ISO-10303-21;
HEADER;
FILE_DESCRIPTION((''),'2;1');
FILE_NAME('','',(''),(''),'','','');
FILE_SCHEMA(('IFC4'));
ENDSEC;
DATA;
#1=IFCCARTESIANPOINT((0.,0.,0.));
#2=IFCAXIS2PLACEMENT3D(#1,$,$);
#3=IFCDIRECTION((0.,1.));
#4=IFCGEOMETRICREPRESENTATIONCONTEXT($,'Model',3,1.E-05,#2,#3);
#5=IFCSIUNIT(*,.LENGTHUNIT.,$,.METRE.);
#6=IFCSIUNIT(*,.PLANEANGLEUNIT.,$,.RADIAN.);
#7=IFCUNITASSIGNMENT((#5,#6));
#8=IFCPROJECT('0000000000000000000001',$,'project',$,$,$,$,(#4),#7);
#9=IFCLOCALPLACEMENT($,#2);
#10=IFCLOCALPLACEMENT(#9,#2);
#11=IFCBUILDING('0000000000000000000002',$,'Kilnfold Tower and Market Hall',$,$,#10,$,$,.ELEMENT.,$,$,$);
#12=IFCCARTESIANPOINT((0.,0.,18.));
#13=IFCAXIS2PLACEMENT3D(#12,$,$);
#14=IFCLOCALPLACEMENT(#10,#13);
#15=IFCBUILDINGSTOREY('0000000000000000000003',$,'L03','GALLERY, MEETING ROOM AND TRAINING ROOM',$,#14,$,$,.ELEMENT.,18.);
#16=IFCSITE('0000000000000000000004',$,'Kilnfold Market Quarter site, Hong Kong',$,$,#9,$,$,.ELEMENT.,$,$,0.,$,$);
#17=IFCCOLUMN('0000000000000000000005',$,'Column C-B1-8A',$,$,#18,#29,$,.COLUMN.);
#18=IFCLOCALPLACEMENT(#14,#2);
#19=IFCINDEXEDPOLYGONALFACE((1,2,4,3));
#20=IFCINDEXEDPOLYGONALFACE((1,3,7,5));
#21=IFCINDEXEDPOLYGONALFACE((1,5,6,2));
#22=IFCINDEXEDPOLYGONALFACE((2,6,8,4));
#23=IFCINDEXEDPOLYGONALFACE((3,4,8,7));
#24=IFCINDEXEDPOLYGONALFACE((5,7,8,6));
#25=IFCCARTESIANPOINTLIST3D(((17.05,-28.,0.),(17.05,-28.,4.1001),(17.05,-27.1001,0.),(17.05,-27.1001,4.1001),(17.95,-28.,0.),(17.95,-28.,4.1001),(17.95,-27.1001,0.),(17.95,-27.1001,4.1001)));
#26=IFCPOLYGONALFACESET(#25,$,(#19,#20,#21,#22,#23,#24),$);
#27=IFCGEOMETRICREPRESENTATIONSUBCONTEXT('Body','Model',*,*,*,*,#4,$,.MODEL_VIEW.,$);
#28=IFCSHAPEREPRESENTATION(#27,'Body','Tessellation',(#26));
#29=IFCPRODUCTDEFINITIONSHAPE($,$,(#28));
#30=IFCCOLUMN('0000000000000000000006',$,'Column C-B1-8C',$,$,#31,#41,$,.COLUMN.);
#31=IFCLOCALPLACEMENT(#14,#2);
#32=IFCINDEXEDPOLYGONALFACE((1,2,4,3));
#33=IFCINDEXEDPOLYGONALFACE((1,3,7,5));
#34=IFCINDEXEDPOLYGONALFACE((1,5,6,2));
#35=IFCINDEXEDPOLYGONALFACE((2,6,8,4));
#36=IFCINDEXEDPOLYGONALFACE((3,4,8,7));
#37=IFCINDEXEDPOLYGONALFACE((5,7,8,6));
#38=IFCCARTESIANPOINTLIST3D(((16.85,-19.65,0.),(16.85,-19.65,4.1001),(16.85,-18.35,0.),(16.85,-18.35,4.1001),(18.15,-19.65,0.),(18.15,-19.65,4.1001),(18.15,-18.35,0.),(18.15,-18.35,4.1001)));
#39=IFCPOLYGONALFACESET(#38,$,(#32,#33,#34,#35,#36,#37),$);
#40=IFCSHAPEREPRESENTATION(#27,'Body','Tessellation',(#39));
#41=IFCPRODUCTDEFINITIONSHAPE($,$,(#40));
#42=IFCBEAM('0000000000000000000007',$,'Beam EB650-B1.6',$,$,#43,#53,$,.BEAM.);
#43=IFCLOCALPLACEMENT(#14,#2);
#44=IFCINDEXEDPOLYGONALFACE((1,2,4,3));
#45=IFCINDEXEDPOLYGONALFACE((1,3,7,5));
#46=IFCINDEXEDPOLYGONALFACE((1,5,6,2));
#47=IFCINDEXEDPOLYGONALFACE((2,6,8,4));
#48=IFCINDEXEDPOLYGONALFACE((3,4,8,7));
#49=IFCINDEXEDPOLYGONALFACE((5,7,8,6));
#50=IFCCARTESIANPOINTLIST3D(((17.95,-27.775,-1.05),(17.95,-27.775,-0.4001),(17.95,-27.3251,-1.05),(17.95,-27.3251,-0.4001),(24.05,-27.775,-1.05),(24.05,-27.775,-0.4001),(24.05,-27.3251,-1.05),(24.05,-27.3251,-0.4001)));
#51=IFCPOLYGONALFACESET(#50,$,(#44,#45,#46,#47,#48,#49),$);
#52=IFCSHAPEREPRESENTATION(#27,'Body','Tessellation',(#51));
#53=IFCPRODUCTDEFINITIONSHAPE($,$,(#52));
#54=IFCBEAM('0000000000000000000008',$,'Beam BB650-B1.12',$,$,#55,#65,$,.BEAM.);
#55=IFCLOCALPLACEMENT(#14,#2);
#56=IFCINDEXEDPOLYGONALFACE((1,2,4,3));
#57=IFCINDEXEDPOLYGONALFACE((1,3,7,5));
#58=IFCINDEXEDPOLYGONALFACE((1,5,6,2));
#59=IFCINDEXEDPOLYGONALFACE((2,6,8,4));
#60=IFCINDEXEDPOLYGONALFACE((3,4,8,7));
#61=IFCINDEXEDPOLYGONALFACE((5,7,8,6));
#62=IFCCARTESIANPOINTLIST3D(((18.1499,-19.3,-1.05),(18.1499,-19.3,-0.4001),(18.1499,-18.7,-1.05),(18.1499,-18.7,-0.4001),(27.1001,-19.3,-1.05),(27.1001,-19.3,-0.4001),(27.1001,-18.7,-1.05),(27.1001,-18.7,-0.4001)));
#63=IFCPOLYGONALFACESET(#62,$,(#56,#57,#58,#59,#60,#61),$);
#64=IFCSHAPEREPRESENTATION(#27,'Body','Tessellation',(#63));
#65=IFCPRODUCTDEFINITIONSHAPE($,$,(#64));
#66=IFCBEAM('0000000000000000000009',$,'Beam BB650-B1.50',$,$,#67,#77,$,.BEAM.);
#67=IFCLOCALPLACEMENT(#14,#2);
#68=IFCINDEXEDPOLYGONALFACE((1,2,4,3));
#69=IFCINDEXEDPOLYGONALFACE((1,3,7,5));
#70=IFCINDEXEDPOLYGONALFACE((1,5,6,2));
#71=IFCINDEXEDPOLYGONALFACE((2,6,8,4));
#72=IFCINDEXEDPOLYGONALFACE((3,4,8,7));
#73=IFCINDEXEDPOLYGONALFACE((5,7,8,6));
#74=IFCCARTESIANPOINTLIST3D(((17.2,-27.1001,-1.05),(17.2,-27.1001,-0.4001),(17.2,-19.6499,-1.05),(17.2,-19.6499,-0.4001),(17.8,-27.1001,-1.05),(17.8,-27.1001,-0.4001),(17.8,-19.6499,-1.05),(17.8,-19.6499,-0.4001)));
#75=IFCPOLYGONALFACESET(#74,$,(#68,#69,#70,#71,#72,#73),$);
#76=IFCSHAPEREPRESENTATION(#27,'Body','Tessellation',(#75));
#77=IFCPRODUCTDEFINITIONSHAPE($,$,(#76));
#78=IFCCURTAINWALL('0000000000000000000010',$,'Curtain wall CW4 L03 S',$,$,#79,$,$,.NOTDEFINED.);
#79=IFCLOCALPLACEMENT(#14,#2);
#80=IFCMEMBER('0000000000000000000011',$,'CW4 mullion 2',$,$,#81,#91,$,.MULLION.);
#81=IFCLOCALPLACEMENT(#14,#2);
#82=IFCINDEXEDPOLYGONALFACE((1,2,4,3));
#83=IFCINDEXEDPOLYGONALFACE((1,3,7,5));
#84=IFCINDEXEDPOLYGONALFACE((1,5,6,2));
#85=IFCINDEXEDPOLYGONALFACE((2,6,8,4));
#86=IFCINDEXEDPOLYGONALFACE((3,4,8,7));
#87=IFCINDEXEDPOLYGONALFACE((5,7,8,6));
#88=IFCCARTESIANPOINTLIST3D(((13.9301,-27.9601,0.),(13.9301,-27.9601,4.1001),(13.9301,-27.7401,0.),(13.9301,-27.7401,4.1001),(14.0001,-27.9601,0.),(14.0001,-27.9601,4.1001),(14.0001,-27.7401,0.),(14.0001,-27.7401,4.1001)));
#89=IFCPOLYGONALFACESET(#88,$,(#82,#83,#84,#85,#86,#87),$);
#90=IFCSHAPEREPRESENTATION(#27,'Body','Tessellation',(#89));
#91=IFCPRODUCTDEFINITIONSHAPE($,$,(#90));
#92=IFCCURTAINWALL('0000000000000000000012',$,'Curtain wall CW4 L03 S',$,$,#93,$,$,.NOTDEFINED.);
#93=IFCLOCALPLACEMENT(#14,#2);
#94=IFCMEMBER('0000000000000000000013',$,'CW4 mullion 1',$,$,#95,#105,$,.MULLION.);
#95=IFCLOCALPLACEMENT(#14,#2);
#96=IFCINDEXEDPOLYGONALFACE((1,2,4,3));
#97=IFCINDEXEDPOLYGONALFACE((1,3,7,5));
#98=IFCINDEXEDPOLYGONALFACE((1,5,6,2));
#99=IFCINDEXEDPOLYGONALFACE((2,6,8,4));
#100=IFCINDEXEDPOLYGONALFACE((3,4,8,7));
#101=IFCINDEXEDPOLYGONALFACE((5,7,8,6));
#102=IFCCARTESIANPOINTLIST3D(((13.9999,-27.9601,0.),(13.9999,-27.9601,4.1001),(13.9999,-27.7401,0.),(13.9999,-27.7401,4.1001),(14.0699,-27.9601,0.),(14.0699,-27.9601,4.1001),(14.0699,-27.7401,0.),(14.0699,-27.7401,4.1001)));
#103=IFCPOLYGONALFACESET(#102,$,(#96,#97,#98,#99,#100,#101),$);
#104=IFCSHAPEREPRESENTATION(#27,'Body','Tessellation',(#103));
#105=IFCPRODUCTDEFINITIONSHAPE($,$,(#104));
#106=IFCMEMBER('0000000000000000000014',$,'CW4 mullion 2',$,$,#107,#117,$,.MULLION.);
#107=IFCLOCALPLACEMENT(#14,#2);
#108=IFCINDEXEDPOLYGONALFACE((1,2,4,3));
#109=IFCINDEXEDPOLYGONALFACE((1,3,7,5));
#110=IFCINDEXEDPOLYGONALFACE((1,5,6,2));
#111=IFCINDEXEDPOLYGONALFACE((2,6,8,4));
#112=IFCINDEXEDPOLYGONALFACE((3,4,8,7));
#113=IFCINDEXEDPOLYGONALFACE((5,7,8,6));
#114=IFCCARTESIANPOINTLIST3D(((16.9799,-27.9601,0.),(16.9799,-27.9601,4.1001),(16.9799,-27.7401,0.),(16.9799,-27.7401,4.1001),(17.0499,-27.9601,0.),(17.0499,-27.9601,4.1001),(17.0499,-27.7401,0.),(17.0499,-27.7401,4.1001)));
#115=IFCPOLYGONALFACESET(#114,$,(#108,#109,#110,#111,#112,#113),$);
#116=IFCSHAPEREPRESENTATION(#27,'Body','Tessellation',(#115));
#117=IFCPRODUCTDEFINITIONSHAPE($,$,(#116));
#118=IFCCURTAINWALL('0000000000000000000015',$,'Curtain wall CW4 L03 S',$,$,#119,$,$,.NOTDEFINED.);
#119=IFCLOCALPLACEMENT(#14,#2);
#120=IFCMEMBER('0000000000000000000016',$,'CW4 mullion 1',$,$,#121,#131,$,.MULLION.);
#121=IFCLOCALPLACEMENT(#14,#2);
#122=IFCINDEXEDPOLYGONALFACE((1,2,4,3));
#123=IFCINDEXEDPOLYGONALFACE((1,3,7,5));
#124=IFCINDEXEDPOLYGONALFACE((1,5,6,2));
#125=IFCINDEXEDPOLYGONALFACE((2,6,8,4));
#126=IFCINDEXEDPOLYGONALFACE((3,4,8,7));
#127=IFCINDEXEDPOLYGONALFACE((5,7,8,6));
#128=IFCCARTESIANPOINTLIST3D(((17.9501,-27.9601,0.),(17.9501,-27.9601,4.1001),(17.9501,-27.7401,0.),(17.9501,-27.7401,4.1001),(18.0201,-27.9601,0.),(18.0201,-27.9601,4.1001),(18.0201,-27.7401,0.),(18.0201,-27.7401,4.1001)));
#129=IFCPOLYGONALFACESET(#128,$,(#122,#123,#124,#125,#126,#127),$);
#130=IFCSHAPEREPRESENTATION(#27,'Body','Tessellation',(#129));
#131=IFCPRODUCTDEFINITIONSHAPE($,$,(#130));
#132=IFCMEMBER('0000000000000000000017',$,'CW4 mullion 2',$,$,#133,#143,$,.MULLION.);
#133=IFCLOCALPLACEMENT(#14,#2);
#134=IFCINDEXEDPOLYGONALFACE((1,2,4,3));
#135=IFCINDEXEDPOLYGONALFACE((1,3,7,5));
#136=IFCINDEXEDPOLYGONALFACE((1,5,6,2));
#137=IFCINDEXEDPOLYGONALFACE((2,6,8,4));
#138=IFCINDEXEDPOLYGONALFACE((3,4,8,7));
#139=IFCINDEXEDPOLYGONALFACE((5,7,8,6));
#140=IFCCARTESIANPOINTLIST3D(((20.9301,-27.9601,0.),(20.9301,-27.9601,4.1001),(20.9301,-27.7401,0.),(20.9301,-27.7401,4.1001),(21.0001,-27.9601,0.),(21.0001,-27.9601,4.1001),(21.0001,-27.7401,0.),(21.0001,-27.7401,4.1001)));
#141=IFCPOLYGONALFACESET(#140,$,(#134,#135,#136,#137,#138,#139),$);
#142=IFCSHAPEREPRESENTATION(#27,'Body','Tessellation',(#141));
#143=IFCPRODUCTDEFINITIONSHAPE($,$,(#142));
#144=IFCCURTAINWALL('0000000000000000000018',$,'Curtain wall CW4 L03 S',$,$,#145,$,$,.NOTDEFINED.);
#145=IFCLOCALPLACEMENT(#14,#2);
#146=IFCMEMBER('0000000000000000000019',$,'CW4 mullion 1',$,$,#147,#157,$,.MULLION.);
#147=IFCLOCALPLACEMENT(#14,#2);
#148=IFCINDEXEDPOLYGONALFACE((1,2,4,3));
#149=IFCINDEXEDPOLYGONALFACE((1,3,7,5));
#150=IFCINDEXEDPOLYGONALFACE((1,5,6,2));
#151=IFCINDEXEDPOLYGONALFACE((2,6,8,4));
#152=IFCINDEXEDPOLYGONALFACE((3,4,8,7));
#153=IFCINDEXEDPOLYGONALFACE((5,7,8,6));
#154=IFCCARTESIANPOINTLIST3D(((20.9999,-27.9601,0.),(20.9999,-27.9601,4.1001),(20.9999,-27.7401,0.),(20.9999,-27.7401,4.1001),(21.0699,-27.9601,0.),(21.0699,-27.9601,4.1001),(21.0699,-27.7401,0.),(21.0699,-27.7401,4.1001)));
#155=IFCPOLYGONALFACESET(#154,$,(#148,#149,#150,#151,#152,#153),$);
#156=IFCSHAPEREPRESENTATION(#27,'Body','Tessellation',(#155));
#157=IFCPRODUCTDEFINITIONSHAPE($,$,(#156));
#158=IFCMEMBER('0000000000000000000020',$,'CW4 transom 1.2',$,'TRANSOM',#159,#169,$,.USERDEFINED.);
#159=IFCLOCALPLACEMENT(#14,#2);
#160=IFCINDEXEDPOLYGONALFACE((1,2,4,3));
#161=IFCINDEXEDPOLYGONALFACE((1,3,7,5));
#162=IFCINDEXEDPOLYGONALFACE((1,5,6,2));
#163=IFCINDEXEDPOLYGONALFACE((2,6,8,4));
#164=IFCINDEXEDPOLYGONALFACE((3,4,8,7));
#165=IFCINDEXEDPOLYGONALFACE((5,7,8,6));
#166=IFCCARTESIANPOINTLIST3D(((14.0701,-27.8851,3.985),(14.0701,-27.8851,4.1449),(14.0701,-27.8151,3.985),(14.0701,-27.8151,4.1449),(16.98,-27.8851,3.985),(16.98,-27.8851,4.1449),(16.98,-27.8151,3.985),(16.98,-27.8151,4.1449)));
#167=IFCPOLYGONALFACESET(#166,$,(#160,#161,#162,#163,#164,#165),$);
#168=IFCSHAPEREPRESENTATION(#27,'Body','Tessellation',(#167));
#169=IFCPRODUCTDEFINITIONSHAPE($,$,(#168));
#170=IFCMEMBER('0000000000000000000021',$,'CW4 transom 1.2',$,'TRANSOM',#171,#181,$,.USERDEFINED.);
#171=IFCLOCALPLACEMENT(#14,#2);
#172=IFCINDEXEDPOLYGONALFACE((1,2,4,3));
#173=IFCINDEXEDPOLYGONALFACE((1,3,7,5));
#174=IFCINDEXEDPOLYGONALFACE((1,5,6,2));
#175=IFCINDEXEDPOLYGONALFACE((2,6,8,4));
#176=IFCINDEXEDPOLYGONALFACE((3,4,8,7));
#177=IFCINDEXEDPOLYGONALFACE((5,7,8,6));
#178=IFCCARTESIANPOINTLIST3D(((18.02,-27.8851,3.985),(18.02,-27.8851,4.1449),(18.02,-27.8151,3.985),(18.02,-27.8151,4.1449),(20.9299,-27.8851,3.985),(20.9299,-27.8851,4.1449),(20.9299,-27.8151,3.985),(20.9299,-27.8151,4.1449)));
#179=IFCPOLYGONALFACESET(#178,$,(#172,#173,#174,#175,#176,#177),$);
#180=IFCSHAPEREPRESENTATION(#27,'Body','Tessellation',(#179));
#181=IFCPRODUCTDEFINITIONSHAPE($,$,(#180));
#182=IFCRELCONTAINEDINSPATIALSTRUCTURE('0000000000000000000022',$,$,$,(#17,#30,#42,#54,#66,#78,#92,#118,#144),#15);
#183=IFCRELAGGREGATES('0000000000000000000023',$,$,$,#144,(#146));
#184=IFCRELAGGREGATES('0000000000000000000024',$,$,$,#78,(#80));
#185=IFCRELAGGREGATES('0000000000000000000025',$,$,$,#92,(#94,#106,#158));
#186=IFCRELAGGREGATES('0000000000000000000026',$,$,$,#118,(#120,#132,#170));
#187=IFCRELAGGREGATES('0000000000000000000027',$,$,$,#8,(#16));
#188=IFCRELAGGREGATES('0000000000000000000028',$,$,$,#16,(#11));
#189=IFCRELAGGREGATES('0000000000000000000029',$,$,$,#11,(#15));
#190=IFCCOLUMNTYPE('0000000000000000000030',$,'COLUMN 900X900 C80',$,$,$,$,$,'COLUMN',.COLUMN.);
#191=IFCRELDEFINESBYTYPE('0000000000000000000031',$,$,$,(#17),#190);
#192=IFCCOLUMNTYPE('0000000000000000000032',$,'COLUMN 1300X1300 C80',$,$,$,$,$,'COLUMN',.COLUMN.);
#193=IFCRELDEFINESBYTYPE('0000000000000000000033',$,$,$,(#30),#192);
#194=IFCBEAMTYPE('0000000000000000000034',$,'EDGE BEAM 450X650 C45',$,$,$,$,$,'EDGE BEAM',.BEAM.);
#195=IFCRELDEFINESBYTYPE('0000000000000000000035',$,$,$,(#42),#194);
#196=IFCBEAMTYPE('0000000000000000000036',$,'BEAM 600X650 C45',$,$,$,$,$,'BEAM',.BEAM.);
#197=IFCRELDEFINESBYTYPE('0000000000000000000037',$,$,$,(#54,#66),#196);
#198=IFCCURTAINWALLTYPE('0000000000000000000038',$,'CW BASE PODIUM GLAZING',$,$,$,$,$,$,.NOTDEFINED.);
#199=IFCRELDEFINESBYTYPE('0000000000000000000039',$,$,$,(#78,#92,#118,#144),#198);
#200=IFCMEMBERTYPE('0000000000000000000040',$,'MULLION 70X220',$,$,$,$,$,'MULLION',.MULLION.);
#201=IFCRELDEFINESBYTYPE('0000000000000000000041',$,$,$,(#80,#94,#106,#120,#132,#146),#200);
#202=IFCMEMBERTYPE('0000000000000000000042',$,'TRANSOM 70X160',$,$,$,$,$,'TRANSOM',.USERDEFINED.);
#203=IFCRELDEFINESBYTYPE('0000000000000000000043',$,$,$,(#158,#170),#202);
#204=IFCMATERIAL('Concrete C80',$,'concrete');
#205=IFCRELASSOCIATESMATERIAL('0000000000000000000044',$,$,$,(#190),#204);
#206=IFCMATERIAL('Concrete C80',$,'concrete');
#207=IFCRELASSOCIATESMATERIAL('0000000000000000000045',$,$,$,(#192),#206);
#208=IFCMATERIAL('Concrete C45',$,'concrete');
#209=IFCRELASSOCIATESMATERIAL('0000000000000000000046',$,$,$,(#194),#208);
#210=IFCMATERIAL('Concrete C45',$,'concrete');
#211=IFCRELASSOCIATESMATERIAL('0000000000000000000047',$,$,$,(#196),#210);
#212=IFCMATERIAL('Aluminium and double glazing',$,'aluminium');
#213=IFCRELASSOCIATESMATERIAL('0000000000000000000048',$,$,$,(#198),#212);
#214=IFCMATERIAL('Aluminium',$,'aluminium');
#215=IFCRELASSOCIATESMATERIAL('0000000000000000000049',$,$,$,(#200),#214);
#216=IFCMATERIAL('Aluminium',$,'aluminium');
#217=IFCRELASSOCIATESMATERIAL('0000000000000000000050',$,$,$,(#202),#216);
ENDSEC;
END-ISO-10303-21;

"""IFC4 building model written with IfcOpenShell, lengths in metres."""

from ifc_helpers import new_model, si_unit, direction, frame, origin, origin_2d, place, context, subcontext, project, spatial, rectangle, extrude, source, transform, mapped, material, material_profile, profile_set, type_object, element, aggregate, save


model = new_model("IFC4")

# Units and contexts
model_context = context("Model", 3, precision=1e-05, world=origin(), true_north=direction((0.0, 1.0)))
body_context = subcontext(model_context, "Body", "Model", "MODEL_VIEW")
ifc_project = project(units=[si_unit("LENGTHUNIT", "METRE"), si_unit("PLANEANGLEUNIT", "RADIAN")], contexts=[model_context])

# Site, building, storey
site_placement = place(None, origin())
site = spatial("IfcSite", under=ifc_project, at=site_placement, Name="Kilnfold Market Quarter site, Hong Kong", CompositionType="ELEMENT", RefElevation=0.0)
building_placement = place(site_placement, origin())
building = spatial("IfcBuilding", under=site, at=building_placement, Name="Kilnfold Tower and Market Hall", CompositionType="ELEMENT")
storey_placement = place(building_placement, frame((0.0, 0.0, 18.0)))
storey = spatial("IfcBuildingStorey", under=building, at=storey_placement, Name="L03", Description="GALLERY, MEETING ROOM AND TRAINING ROOM", CompositionType="ELEMENT", Elevation=18.0)

# Columns
ifc_material_1 = material(Name="Concrete C80", Category="concrete")
ifc_material_profile_1 = material_profile(ifc_material_1, rectangle(XDim=0.8999, YDim=0.8999, at=origin_2d()), Name="RC 900x900")
ifc_profile_set_1 = profile_set([ifc_material_profile_1], Name="Concrete C80")
column_type_1 = type_object("IfcColumnType", Name="COLUMN 900X900 C80", ElementType="COLUMN", PredefinedType="COLUMN", material=ifc_profile_set_1)
shared_shape_1 = source(origin(), body_context, "Body", "SweptSolid", [
    extrude(rectangle(XDim=0.8999, YDim=0.8999, at=origin_2d()), origin(), (0.0, 0.0, 1.0), 4.1001),
])
column_1_placement = place(storey_placement, frame((17.5, -27.55, 0.0), z_axis=(0.0, 0.0, 1.0), x_axis=(1.0, 0.0, 0.0)))
element("IfcColumn", 1, at=column_1_placement, inside=storey, type_object=column_type_1, Name="Column C-B1-8A", PredefinedType="COLUMN", context=body_context, shape_type="MappedRepresentation", body=[
    mapped(shared_shape_1, transform((0.0, 0.0, 0.0))),
])
ifc_material_2 = material(Name="Concrete C80", Category="concrete")
ifc_material_profile_2 = material_profile(ifc_material_2, rectangle(XDim=1.3, YDim=1.3, at=origin_2d()), Name="RC 1300x1300")
ifc_profile_set_2 = profile_set([ifc_material_profile_2], Name="Concrete C80")
column_type_2 = type_object("IfcColumnType", Name="COLUMN 1300X1300 C80", ElementType="COLUMN", PredefinedType="COLUMN", material=ifc_profile_set_2)
shared_shape_2 = source(origin(), body_context, "Body", "SweptSolid", [
    extrude(rectangle(XDim=1.3, YDim=1.3, at=origin_2d()), origin(), (0.0, 0.0, 1.0), 4.1001),
])
column_2_placement = place(storey_placement, frame((17.5, -19.0, 0.0), z_axis=(0.0, 0.0, 1.0), x_axis=(1.0, 0.0, 0.0)))
element("IfcColumn", 2, at=column_2_placement, inside=storey, type_object=column_type_2, Name="Column C-B1-8C", PredefinedType="COLUMN", context=body_context, shape_type="MappedRepresentation", body=[
    mapped(shared_shape_2, transform((0.0, 0.0, 0.0))),
])

# Beams
ifc_material_3 = material(Name="Concrete C45", Category="concrete")
ifc_material_profile_3 = material_profile(ifc_material_3, rectangle(XDim=0.45, YDim=0.6499, at=origin_2d()), Name="RC 450x650")
ifc_profile_set_3 = profile_set([ifc_material_profile_3], Name="Concrete C45")
beam_type_1 = type_object("IfcBeamType", Name="EDGE BEAM 450X650 C45", ElementType="EDGE BEAM", PredefinedType="BEAM", material=ifc_profile_set_3)
shared_shape_3 = source(origin(), body_context, "Body", "SweptSolid", [
    extrude(rectangle(XDim=0.45, YDim=0.6499, at=origin_2d()), origin(), (0.0, 0.0, 1.0), 6.1001),
])
beam_1_placement = place(storey_placement, frame((17.95, -27.55, -0.7251), z_axis=(1.0, 0.0, 0.0), x_axis=(0.0, 1.0, 0.0)))
element("IfcBeam", 3, at=beam_1_placement, inside=storey, type_object=beam_type_1, Name="Beam EB650-B1.6", PredefinedType="BEAM", context=body_context, shape_type="MappedRepresentation", body=[
    mapped(shared_shape_3, transform((0.0, 0.0, 0.0))),
])
ifc_material_4 = material(Name="Concrete C45", Category="concrete")
ifc_material_profile_4 = material_profile(ifc_material_4, rectangle(XDim=0.6001, YDim=0.6499, at=origin_2d()), Name="RC 600x650")
ifc_profile_set_4 = profile_set([ifc_material_profile_4], Name="Concrete C45")
beam_type_2 = type_object("IfcBeamType", Name="BEAM 600X650 C45", ElementType="BEAM", PredefinedType="BEAM", material=ifc_profile_set_4)
shared_shape_4 = source(origin(), body_context, "Body", "SweptSolid", [
    extrude(rectangle(XDim=0.6001, YDim=0.6499, at=origin_2d()), origin(), (0.0, 0.0, 1.0), 8.9502),
])
beam_2_placement = place(storey_placement, frame((18.1499, -19.0, -0.7251), z_axis=(1.0, 0.0, 0.0), x_axis=(0.0, 1.0, 0.0)))
element("IfcBeam", 4, at=beam_2_placement, inside=storey, type_object=beam_type_2, Name="Beam BB650-B1.12", PredefinedType="BEAM", context=body_context, shape_type="MappedRepresentation", body=[
    mapped(shared_shape_4, transform((0.0, 0.0, 0.0))),
])
shared_shape_5 = source(origin(), body_context, "Body", "SweptSolid", [
    extrude(rectangle(XDim=0.6001, YDim=0.6499, at=origin_2d()), origin(), (0.0, 0.0, 1.0), 7.4502),
])
beam_3_placement = place(storey_placement, frame((17.5, -27.1001, -0.7251), z_axis=(0.0, 1.0, 0.0), x_axis=(-1.0, 0.0, 0.0)))
element("IfcBeam", 5, at=beam_3_placement, inside=storey, type_object=beam_type_2, Name="Beam BB650-B1.50", PredefinedType="BEAM", context=body_context, shape_type="MappedRepresentation", body=[
    mapped(shared_shape_5, transform((0.0, 0.0, 0.0))),
])

# Curtain wall, member
ifc_material_5 = material(Name="Aluminium and double glazing", Category="aluminium")
curtain_wall_type = type_object("IfcCurtainWallType", Name="CW BASE PODIUM GLAZING", PredefinedType="NOTDEFINED", material=ifc_material_5)
curtain_wall_1_placement = place(storey_placement, origin())
curtain_wall_1 = element("IfcCurtainWall", 6, at=curtain_wall_1_placement, inside=storey, type_object=curtain_wall_type, Name="Curtain wall CW4 L03 S", PredefinedType="NOTDEFINED")
ifc_material_6 = material(Name="Aluminium", Category="aluminium")
ifc_material_profile_5 = material_profile(ifc_material_6, rectangle(XDim=0.0701, YDim=0.22, at=origin_2d()), Name="MULLION 70x220")
ifc_profile_set_5 = profile_set([ifc_material_profile_5], Name="Aluminium")
member_type_1 = type_object("IfcMemberType", Name="MULLION 70X220", ElementType="MULLION", PredefinedType="MULLION", material=ifc_profile_set_5)
shared_shape_6 = source(origin(), body_context, "Body", "SweptSolid", [
    extrude(rectangle(XDim=0.0701, YDim=0.22, at=origin_2d()), origin(), (0.0, 0.0, 1.0), 4.1001),
])
member_1_placement = place(storey_placement, frame((13.9651, -27.8501, 0.0), z_axis=(0.0, 0.0, 1.0), x_axis=(1.0, 0.0, 0.0)))
member_1 = element("IfcMember", 7, at=member_1_placement, type_object=member_type_1, Name="CW4 mullion 2", PredefinedType="MULLION", context=body_context, shape_type="MappedRepresentation", body=[
    mapped(shared_shape_6, transform((0.0, 0.0, 0.0))),
])

# Curtain walls, members
curtain_wall_2_placement = place(storey_placement, origin())
curtain_wall_2 = element("IfcCurtainWall", 8, at=curtain_wall_2_placement, inside=storey, type_object=curtain_wall_type, Name="Curtain wall CW4 L03 S", PredefinedType="NOTDEFINED")
member_2_placement = place(storey_placement, frame((14.0349, -27.8501, 0.0), z_axis=(0.0, 0.0, 1.0), x_axis=(1.0, 0.0, 0.0)))
member_2 = element("IfcMember", 9, at=member_2_placement, type_object=member_type_1, Name="CW4 mullion 1", PredefinedType="MULLION", context=body_context, shape_type="MappedRepresentation", body=[
    mapped(shared_shape_6, transform((0.0, 0.0, 0.0))),
])
member_3_placement = place(storey_placement, frame((17.0149, -27.8501, 0.0), z_axis=(0.0, 0.0, 1.0), x_axis=(1.0, 0.0, 0.0)))
member_3 = element("IfcMember", 10, at=member_3_placement, type_object=member_type_1, Name="CW4 mullion 2", PredefinedType="MULLION", context=body_context, shape_type="MappedRepresentation", body=[
    mapped(shared_shape_6, transform((0.0, 0.0, 0.0))),
])
curtain_wall_3_placement = place(storey_placement, origin())
curtain_wall_3 = element("IfcCurtainWall", 11, at=curtain_wall_3_placement, inside=storey, type_object=curtain_wall_type, Name="Curtain wall CW4 L03 S", PredefinedType="NOTDEFINED")
member_4_placement = place(storey_placement, frame((17.9851, -27.8501, 0.0), z_axis=(0.0, 0.0, 1.0), x_axis=(1.0, 0.0, 0.0)))
member_4 = element("IfcMember", 12, at=member_4_placement, type_object=member_type_1, Name="CW4 mullion 1", PredefinedType="MULLION", context=body_context, shape_type="MappedRepresentation", body=[
    mapped(shared_shape_6, transform((0.0, 0.0, 0.0))),
])
member_5_placement = place(storey_placement, frame((20.9651, -27.8501, 0.0), z_axis=(0.0, 0.0, 1.0), x_axis=(1.0, 0.0, 0.0)))
member_5 = element("IfcMember", 13, at=member_5_placement, type_object=member_type_1, Name="CW4 mullion 2", PredefinedType="MULLION", context=body_context, shape_type="MappedRepresentation", body=[
    mapped(shared_shape_6, transform((0.0, 0.0, 0.0))),
])

# Curtain wall, member
curtain_wall_4_placement = place(storey_placement, origin())
curtain_wall_4 = element("IfcCurtainWall", 14, at=curtain_wall_4_placement, inside=storey, type_object=curtain_wall_type, Name="Curtain wall CW4 L03 S", PredefinedType="NOTDEFINED")
member_6_placement = place(storey_placement, frame((21.0349, -27.8501, 0.0), z_axis=(0.0, 0.0, 1.0), x_axis=(1.0, 0.0, 0.0)))
member_6 = element("IfcMember", 15, at=member_6_placement, type_object=member_type_1, Name="CW4 mullion 1", PredefinedType="MULLION", context=body_context, shape_type="MappedRepresentation", body=[
    mapped(shared_shape_6, transform((0.0, 0.0, 0.0))),
])

# Members
ifc_material_7 = material(Name="Aluminium", Category="aluminium")
ifc_material_profile_6 = material_profile(ifc_material_7, rectangle(XDim=0.0701, YDim=0.1599, at=origin_2d()), Name="TRANSOM 70x160")
ifc_profile_set_6 = profile_set([ifc_material_profile_6], Name="Aluminium")
member_type_2 = type_object("IfcMemberType", Name="TRANSOM 70X160", ElementType="TRANSOM", PredefinedType="USERDEFINED", material=ifc_profile_set_6)
shared_shape_7 = source(origin(), body_context, "Body", "SweptSolid", [
    extrude(rectangle(XDim=0.0701, YDim=0.1599, at=origin_2d()), origin(), (0.0, 0.0, 1.0), 2.9099),
])
member_7_placement = place(storey_placement, frame((14.0701, -27.8501, 4.0649), z_axis=(1.0, 0.0, 0.0), x_axis=(0.0, 1.0, 0.0)))
member_7 = element("IfcMember", 16, at=member_7_placement, type_object=member_type_2, Name="CW4 transom 1.2", ObjectType="TRANSOM", PredefinedType="USERDEFINED", context=body_context, shape_type="MappedRepresentation", body=[
    mapped(shared_shape_7, transform((0.0, 0.0, 0.0))),
])
member_8_placement = place(storey_placement, frame((18.02, -27.8501, 4.0649), z_axis=(1.0, 0.0, 0.0), x_axis=(0.0, 1.0, 0.0)))
member_8 = element("IfcMember", 17, at=member_8_placement, type_object=member_type_2, Name="CW4 transom 1.2", ObjectType="TRANSOM", PredefinedType="USERDEFINED", context=body_context, shape_type="MappedRepresentation", body=[
    mapped(shared_shape_7, transform((0.0, 0.0, 0.0))),
])
aggregate(curtain_wall_4, [member_6])

aggregate(curtain_wall_1, [member_1])
aggregate(curtain_wall_2, [member_2, member_3, member_7])
aggregate(curtain_wall_3, [member_4, member_5, member_8])

save(model, "model.ifc")
